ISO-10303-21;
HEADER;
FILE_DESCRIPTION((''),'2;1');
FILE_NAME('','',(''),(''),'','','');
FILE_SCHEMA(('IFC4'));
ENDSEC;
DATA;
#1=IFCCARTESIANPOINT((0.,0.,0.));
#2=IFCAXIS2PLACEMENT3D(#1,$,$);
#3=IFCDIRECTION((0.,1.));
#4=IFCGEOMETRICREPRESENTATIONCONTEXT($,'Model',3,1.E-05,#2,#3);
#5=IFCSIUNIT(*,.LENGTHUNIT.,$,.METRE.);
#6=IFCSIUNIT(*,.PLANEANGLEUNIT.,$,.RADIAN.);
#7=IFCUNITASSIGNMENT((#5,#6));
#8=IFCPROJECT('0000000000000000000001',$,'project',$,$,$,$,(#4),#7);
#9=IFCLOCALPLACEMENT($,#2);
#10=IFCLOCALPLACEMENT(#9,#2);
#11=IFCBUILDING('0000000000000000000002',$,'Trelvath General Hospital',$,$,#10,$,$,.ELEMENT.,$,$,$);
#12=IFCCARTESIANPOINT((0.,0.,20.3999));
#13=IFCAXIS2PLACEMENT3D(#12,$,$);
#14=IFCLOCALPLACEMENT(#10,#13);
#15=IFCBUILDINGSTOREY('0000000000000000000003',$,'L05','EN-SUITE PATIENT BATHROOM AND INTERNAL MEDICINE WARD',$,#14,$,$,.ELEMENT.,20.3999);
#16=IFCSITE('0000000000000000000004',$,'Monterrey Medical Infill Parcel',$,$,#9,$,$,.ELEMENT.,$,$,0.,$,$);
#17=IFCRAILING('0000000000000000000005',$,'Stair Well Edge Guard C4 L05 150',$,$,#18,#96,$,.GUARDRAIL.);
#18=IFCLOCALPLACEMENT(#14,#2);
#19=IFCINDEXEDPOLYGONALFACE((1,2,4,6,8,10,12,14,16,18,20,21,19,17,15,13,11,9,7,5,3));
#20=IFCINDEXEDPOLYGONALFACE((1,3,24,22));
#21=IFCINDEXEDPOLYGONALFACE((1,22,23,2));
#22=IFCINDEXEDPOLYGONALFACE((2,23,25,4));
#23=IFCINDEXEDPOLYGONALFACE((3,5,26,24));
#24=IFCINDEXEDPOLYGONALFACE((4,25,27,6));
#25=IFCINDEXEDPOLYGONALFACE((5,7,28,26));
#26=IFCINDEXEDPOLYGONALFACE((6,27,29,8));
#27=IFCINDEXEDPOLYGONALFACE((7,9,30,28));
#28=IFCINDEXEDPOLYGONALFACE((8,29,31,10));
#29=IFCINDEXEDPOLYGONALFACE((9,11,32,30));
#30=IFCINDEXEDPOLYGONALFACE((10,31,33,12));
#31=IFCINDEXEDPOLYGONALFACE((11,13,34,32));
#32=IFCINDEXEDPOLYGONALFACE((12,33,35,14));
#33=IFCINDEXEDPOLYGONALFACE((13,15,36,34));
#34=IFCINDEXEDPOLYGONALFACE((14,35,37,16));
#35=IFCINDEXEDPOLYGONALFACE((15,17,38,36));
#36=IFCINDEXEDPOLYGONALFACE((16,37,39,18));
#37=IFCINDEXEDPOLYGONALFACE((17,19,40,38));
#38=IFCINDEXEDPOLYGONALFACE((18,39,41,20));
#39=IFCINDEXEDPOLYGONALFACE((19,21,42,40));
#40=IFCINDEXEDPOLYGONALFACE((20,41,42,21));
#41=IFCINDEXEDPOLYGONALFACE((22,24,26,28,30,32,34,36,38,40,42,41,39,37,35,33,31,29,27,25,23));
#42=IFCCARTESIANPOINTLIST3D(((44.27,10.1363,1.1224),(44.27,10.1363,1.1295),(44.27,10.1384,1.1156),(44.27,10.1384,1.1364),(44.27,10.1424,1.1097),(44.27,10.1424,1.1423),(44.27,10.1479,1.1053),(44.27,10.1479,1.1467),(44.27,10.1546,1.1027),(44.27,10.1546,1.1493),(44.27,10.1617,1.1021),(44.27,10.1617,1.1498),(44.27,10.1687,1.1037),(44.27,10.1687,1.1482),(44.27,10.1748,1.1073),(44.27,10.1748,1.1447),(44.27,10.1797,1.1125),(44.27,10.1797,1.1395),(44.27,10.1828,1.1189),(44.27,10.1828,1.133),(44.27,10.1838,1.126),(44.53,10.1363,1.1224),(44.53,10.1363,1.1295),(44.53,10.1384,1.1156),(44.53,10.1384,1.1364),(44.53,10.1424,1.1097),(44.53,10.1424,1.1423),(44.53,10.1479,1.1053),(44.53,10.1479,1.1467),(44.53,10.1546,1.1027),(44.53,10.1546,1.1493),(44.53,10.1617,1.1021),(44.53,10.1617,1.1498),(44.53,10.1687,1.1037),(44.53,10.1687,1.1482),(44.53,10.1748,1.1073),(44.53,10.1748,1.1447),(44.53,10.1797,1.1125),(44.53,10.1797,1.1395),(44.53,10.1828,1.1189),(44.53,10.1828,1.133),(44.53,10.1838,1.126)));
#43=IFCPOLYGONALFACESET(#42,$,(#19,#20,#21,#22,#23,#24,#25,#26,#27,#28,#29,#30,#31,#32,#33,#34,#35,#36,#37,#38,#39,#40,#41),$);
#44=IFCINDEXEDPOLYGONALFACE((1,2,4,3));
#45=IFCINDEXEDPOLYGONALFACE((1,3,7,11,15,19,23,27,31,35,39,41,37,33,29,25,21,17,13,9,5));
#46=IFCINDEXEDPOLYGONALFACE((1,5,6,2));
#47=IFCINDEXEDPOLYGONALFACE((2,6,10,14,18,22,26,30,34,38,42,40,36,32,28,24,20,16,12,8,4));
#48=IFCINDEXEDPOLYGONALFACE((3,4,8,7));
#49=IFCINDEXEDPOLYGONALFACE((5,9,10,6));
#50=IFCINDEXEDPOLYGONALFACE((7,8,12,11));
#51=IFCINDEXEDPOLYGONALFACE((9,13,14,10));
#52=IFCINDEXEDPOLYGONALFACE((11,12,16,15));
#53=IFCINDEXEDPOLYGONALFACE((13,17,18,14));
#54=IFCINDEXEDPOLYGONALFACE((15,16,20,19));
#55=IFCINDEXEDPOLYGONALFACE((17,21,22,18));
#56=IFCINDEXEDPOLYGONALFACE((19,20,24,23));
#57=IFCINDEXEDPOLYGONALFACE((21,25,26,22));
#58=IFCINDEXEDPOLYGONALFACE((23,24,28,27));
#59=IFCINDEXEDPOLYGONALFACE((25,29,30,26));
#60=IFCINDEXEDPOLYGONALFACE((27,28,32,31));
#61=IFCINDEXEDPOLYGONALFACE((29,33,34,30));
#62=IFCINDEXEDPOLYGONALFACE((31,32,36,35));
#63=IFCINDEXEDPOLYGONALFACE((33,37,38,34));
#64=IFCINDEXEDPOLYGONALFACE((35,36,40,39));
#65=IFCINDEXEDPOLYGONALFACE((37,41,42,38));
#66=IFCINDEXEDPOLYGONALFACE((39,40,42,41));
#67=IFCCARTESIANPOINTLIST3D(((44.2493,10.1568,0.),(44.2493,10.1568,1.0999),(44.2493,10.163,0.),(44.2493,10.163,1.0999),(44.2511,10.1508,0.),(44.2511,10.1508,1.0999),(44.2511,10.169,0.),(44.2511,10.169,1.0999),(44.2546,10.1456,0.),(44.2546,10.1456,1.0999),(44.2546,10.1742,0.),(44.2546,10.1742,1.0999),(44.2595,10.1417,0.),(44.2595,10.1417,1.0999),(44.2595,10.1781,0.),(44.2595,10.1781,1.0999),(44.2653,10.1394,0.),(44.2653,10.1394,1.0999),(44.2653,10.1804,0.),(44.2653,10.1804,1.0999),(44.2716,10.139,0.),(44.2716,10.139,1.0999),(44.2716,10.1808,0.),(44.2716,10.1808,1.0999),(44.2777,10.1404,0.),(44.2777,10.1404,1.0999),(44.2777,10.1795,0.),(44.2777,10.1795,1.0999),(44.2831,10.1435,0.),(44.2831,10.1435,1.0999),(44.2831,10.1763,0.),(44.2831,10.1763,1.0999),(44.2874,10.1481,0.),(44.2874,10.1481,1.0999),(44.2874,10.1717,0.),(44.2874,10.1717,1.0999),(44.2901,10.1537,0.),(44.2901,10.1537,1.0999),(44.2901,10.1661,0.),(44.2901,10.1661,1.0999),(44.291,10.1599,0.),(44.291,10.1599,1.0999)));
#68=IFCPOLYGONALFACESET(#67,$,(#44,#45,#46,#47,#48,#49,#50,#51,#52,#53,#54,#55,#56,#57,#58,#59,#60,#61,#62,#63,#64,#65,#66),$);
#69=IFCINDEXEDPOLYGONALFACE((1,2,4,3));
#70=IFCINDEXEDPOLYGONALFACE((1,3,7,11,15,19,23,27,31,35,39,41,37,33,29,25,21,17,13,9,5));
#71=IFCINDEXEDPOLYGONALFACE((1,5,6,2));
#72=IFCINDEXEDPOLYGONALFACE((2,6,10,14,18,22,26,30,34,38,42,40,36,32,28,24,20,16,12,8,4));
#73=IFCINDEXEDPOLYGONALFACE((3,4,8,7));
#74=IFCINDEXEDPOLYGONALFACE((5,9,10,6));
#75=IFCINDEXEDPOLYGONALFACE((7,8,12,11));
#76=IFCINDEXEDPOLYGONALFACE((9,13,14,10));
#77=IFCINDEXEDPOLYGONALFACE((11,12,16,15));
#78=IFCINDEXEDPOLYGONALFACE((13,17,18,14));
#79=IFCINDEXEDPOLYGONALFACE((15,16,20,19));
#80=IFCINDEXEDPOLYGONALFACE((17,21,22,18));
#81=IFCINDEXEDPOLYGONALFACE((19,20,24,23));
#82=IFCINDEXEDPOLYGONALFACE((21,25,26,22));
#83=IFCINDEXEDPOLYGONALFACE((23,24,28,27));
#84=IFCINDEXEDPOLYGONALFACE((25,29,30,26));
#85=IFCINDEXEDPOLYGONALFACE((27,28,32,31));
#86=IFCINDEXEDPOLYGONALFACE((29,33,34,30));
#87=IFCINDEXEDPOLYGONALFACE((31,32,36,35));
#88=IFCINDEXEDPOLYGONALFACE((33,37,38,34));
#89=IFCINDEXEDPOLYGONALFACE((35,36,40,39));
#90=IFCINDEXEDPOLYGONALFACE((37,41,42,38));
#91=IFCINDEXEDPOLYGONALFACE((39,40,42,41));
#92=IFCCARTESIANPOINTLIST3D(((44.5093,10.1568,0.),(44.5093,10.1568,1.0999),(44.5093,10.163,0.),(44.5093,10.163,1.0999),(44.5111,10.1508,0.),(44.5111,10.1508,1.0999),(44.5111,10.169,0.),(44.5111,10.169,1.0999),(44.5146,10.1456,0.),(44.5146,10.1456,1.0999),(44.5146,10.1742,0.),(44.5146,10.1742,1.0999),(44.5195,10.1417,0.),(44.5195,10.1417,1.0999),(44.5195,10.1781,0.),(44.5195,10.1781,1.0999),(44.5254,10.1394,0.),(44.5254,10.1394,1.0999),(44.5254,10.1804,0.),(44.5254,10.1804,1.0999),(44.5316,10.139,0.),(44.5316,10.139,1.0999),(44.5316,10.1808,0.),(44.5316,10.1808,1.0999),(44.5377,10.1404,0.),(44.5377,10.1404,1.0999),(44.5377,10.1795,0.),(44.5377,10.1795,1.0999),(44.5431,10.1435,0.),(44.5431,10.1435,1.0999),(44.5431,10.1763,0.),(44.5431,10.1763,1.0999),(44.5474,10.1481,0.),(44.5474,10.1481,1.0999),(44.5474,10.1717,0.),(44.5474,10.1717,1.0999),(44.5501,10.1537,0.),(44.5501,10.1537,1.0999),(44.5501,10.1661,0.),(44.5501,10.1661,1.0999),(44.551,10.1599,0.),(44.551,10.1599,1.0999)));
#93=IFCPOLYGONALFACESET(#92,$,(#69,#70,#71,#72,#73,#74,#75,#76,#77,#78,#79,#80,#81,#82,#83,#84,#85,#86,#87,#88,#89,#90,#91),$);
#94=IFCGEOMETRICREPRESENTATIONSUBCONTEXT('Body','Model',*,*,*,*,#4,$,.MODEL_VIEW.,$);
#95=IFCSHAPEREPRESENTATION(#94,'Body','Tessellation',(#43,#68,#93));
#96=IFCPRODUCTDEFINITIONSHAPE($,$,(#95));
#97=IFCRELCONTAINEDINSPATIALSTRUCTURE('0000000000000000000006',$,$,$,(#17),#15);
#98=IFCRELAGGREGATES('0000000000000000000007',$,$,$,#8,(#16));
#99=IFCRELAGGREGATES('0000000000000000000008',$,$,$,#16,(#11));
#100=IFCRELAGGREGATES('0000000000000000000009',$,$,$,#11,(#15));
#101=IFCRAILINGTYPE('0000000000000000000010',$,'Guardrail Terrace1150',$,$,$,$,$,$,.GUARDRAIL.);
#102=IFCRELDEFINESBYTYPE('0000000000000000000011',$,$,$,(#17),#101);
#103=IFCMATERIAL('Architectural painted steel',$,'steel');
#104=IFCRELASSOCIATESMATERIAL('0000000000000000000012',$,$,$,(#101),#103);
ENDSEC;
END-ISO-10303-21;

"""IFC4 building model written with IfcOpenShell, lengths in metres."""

from ifc_helpers import new_model, si_unit, direction, frame, origin, origin_2d, place, context, subcontext, project, spatial, circle, extrude, material, type_object, element, save


model = new_model("IFC4")

# Units and contexts
model_context = context("Model", 3, precision=1e-05, world=origin(), true_north=direction((0.0, 1.0)))
body_context = subcontext(model_context, "Body", "Model", "MODEL_VIEW")
ifc_project = project(units=[si_unit("LENGTHUNIT", "METRE"), si_unit("PLANEANGLEUNIT", "RADIAN")], contexts=[model_context])

# Site, building, storey
site_placement = place(None, origin())
site = spatial("IfcSite", under=ifc_project, at=site_placement, Name="Monterrey Medical Infill Parcel", CompositionType="ELEMENT", RefElevation=0.0)
building_placement = place(site_placement, origin())
building = spatial("IfcBuilding", under=site, at=building_placement, Name="Trelvath General Hospital", CompositionType="ELEMENT")
storey_placement = place(building_placement, frame((0.0, 0.0, 20.3999)))
storey = spatial("IfcBuildingStorey", under=building, at=storey_placement, Name="L05", Description="EN-SUITE PATIENT BATHROOM AND INTERNAL MEDICINE WARD", CompositionType="ELEMENT", Elevation=20.3999)

# Railing
ifc_material_1 = material(Name="Architectural painted steel", Category="steel")
railing_type_1 = type_object("IfcRailingType", Name="Guardrail Terrace1150", PredefinedType="GUARDRAIL", material=ifc_material_1)
railing_1_placement = place(storey_placement, frame((44.27, 10.1599, 0.0)))
element("IfcRailing", 1, at=railing_1_placement, inside=storey, type_object=railing_type_1, Name="Stair Well Edge Guard C4 L05 150", PredefinedType="GUARDRAIL", context=body_context, shape_type="SweptSolid", body=[
    extrude(circle(Radius=0.0239, at=origin_2d()), frame((0.0, 0.0, 1.126), z_axis=(1.0, 0.0, 0.0), x_axis=(0.0, 1.0, 0.0)), (0.0, 0.0, 1.0), 0.26),
    extrude(circle(Radius=0.021, at=origin_2d()), origin(), (0.0, 0.0, 1.0), 1.0999),
    extrude(circle(Radius=0.021, at=origin_2d()), frame((0.26, 0.0, 0.0)), (0.0, 0.0, 1.0), 1.0999),
])

save(model, "model.ifc")
